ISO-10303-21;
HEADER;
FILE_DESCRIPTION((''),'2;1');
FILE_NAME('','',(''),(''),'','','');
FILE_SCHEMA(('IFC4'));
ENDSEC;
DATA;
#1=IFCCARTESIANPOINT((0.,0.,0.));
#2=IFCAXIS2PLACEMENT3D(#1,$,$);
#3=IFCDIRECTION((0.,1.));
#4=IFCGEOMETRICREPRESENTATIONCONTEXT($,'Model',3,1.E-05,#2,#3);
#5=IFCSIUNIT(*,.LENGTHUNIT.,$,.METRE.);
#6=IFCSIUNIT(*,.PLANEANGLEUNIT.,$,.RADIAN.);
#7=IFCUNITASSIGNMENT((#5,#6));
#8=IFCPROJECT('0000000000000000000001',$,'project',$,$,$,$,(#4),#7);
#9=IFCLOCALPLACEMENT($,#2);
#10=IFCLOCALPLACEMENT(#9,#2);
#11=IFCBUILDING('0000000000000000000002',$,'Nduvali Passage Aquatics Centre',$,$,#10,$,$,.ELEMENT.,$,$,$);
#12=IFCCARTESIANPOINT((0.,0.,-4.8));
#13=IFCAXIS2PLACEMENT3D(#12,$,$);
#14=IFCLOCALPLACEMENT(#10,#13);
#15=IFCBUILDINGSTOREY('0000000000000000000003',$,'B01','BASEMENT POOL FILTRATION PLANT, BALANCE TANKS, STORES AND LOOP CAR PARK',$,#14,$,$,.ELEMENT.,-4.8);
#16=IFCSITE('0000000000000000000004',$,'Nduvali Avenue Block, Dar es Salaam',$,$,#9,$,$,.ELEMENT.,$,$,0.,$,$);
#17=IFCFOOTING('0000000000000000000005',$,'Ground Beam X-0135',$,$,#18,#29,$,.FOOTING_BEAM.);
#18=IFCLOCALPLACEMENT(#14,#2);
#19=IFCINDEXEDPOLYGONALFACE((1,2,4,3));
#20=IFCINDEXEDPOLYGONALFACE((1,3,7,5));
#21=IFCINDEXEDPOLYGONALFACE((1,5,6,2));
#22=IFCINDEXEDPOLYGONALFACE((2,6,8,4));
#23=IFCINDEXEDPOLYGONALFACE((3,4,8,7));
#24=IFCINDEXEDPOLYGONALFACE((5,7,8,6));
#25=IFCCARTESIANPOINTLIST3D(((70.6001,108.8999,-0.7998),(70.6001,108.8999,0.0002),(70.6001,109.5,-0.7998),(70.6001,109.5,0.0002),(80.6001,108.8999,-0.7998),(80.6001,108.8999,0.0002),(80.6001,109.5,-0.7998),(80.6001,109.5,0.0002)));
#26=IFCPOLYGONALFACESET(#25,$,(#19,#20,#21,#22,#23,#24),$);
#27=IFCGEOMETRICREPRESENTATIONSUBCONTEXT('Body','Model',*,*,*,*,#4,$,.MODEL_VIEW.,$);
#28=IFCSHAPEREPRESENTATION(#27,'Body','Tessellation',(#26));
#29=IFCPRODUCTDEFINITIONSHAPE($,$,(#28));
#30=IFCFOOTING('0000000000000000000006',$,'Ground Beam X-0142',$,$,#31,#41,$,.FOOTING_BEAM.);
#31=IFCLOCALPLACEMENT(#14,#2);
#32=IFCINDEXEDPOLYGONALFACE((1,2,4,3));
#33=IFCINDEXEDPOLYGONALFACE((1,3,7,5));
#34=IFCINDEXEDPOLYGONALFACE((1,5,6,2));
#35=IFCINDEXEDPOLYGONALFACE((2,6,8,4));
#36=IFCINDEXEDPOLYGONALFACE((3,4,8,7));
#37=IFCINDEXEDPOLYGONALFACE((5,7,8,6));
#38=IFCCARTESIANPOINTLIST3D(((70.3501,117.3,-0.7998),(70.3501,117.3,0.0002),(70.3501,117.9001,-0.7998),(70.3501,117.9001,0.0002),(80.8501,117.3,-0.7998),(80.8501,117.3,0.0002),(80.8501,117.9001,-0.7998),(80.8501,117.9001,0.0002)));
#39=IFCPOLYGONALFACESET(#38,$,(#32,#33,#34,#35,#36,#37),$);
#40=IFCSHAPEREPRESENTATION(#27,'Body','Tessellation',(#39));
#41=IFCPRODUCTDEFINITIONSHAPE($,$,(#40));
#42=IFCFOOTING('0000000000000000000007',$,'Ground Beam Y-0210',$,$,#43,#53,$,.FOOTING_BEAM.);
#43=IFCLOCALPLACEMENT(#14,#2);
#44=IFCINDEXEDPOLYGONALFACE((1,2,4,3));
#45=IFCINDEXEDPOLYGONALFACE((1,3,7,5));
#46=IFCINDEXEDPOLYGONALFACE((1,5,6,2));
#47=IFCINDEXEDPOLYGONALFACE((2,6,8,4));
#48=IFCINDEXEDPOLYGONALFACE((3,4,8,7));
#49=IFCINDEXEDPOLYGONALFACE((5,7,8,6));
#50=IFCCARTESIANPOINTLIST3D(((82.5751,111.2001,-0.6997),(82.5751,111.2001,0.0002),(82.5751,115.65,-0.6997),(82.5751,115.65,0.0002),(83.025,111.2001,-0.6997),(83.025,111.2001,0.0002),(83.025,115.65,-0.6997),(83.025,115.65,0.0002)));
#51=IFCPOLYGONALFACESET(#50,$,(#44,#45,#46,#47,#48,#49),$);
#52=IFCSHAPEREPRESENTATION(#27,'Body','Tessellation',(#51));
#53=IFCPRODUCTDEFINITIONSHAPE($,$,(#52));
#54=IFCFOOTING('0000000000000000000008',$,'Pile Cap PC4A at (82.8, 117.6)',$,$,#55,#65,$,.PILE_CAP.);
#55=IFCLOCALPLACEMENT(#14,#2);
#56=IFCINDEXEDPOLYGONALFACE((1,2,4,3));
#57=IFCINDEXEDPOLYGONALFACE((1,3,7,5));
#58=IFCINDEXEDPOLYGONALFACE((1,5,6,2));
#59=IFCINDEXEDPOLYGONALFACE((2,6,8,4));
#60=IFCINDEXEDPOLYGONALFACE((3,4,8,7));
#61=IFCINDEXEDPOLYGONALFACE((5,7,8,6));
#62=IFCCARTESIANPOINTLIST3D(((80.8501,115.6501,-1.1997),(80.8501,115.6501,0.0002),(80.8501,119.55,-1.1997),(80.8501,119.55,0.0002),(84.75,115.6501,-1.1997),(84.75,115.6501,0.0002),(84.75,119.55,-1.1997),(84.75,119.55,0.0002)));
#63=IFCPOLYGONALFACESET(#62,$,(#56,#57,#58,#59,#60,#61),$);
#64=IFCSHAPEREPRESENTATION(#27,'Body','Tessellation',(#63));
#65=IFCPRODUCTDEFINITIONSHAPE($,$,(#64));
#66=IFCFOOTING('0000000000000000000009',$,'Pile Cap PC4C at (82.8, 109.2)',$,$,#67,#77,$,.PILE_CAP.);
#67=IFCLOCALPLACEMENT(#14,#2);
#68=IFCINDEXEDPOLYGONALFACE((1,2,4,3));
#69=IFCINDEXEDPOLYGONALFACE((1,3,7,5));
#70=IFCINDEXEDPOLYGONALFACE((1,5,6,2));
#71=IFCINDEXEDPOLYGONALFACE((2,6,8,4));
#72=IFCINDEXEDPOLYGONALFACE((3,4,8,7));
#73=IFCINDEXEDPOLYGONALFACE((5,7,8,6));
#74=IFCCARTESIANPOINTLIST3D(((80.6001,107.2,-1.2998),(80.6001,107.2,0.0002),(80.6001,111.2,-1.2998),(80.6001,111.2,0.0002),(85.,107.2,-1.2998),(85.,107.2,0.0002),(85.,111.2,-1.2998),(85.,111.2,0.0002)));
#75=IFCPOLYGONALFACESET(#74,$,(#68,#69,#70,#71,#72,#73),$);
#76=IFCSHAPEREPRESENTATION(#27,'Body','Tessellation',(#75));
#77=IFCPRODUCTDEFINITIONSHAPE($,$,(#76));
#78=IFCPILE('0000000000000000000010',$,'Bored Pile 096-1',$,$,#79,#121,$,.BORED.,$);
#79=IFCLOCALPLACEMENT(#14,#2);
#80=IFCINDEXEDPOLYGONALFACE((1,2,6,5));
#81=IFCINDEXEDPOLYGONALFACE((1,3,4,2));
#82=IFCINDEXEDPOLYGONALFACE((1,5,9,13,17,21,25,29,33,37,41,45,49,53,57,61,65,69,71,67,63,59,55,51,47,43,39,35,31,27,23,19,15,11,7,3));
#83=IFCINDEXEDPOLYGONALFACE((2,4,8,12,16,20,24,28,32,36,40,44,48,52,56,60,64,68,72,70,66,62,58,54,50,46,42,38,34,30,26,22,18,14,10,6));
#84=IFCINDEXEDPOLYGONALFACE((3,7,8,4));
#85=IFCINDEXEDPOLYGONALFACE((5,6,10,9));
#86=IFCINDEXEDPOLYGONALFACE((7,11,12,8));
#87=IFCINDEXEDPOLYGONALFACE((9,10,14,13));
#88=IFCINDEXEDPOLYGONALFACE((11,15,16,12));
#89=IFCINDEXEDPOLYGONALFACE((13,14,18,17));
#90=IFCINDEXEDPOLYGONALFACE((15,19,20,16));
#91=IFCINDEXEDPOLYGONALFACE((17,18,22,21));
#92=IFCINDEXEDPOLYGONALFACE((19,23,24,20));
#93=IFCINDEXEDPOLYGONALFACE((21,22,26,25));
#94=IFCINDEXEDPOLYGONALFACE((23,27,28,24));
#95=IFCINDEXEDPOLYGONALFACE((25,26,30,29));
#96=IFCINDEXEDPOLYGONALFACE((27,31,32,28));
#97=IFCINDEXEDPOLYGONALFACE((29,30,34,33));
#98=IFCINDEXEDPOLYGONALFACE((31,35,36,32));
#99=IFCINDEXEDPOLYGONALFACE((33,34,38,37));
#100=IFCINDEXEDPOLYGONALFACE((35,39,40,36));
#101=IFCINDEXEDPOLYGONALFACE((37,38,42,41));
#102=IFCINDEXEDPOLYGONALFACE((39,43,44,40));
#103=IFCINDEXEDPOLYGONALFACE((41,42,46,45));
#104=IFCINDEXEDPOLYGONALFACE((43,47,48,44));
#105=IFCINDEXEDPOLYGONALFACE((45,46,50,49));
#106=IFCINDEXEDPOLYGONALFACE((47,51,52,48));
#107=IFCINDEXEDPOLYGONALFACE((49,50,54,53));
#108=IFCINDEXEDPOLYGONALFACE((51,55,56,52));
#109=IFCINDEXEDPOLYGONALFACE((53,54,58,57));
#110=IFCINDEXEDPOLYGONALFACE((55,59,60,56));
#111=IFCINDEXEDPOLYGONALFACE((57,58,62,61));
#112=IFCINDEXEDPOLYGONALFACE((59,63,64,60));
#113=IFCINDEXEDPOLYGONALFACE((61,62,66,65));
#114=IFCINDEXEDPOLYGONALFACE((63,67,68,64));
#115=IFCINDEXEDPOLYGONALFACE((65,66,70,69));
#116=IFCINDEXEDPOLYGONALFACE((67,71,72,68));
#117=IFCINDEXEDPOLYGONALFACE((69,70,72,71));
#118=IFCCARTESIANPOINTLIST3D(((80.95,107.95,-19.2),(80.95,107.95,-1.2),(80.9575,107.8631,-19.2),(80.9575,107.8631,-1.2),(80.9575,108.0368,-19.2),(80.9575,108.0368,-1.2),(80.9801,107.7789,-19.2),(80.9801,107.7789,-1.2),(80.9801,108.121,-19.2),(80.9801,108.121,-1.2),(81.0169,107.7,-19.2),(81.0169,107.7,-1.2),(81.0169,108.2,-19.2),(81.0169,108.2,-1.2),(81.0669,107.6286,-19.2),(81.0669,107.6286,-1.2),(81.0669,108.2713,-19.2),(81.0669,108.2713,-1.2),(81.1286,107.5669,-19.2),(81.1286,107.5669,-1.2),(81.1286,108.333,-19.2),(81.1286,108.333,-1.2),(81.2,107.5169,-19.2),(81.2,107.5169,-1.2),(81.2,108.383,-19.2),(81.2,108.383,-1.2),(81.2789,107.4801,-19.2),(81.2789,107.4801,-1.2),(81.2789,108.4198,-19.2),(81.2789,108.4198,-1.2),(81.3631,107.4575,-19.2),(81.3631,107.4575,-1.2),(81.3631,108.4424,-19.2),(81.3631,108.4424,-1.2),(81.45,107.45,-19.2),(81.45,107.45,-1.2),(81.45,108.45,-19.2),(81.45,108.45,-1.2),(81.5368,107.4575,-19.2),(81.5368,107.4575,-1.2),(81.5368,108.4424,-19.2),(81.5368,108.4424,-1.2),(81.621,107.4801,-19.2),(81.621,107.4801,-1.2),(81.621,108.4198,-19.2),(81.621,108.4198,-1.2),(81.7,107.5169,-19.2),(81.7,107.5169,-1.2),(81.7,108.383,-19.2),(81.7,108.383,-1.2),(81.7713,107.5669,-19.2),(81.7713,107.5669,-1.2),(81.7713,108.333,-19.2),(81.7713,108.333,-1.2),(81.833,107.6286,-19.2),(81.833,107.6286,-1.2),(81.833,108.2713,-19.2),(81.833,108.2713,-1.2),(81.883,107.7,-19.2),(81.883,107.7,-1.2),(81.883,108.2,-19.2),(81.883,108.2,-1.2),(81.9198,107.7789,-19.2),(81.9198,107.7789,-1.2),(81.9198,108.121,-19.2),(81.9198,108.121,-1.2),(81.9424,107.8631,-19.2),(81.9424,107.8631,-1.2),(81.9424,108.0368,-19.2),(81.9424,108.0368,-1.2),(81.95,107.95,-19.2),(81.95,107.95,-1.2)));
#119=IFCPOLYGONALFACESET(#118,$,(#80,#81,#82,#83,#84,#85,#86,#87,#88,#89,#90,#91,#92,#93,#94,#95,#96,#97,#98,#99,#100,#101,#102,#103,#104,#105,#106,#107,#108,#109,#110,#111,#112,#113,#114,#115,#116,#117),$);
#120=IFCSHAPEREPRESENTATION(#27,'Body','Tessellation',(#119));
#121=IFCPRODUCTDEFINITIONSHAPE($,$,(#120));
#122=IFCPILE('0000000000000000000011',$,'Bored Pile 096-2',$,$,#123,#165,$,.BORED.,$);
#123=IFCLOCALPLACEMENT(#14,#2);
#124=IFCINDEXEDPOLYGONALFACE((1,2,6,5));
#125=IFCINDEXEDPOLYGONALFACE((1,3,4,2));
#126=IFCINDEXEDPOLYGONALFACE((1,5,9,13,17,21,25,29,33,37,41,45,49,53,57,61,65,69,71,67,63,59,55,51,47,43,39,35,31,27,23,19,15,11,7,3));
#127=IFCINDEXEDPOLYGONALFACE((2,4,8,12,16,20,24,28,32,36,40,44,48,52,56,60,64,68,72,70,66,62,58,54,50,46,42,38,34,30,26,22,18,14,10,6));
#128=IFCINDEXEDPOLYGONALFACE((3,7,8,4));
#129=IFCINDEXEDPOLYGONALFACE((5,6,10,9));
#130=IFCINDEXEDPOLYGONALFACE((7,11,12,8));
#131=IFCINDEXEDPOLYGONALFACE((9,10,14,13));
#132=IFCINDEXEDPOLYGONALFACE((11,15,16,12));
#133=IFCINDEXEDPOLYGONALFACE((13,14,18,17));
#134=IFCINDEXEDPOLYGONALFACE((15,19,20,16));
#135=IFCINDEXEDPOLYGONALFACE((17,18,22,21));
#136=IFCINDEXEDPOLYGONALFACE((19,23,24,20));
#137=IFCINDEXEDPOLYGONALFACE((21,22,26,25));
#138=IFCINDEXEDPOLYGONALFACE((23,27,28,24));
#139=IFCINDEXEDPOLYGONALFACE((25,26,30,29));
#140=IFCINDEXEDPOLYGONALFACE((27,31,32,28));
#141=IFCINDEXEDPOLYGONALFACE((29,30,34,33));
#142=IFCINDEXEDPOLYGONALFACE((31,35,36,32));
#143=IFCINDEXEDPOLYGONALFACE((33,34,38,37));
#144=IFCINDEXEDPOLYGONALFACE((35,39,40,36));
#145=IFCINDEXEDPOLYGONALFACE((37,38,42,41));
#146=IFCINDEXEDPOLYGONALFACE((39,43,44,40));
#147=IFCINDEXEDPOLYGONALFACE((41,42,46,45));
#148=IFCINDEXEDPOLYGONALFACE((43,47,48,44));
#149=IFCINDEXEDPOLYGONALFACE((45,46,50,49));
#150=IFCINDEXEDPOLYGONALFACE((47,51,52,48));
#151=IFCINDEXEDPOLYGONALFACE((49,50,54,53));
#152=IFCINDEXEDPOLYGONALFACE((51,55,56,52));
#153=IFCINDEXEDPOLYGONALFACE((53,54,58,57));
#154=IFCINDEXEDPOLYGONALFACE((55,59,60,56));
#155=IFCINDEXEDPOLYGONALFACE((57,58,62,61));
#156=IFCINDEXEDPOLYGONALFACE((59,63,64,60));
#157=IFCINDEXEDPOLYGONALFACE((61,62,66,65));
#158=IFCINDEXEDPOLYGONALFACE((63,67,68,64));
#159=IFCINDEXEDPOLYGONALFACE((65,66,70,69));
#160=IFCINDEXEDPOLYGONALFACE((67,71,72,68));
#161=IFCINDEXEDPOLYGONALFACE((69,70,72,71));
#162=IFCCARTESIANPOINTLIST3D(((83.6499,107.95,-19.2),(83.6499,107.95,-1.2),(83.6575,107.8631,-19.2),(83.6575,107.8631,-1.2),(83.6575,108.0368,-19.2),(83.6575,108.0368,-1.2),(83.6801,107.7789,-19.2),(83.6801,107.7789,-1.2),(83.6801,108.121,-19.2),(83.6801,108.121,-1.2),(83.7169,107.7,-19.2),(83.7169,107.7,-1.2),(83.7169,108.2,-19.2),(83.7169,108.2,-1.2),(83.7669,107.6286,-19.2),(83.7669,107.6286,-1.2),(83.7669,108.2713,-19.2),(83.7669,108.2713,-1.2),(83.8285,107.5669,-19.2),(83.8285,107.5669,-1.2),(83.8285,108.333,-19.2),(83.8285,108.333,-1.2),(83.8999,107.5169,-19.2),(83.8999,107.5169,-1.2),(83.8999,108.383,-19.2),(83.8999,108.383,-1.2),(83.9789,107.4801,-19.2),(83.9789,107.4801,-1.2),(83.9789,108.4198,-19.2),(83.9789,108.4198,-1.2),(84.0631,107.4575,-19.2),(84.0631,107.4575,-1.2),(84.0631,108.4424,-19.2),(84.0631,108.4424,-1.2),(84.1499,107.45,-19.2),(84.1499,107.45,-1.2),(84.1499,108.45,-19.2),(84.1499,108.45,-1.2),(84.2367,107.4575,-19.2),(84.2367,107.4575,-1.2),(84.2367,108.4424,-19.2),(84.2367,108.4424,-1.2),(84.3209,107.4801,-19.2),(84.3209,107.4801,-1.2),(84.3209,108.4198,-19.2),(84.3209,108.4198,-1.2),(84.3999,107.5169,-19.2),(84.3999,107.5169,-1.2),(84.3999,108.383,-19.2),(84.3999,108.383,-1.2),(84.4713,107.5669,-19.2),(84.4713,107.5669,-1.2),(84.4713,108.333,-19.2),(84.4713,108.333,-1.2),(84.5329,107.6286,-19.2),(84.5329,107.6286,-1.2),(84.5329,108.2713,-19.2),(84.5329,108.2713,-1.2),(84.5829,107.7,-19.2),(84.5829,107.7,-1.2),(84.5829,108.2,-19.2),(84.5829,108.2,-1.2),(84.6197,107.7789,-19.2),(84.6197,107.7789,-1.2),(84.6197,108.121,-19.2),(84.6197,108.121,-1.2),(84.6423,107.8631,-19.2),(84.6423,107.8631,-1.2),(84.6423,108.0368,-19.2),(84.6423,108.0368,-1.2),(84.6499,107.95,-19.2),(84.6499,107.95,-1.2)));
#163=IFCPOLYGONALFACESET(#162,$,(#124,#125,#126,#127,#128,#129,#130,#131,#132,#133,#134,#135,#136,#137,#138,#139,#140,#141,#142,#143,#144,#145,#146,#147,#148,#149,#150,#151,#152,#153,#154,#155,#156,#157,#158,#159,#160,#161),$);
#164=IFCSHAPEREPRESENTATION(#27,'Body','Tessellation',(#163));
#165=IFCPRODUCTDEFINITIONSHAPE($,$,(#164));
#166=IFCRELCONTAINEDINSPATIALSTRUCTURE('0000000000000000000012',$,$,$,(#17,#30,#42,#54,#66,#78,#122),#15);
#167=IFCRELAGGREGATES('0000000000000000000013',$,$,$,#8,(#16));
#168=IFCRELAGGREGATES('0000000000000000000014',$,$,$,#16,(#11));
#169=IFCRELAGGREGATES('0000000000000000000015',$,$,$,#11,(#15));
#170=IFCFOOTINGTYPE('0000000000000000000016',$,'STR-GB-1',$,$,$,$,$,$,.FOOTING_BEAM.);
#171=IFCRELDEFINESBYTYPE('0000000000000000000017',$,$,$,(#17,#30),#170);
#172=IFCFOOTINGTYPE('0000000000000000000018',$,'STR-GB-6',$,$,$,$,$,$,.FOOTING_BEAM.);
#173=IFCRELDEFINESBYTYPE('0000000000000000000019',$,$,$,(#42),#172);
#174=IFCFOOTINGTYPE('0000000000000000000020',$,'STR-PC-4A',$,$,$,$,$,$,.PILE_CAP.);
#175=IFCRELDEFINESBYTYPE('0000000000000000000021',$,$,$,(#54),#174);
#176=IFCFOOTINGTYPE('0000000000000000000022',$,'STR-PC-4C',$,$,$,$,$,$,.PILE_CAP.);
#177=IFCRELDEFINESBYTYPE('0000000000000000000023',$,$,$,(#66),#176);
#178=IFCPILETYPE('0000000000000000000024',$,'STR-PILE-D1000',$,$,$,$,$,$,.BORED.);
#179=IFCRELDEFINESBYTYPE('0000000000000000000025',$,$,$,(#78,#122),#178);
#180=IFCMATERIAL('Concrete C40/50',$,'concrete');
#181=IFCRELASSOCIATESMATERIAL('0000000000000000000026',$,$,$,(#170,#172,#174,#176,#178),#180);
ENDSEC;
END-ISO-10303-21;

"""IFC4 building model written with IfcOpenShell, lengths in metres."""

from ifc_helpers import new_model, si_unit, direction, frame, origin, origin_2d, place, context, subcontext, project, spatial, rectangle, circle, extrude, material, material_profile, profile_set, type_object, element, save


model = new_model("IFC4")

# Units and contexts
model_context = context("Model", 3, precision=1e-05, world=origin(), true_north=direction((0.0, 1.0)))
body_context = subcontext(model_context, "Body", "Model", "MODEL_VIEW")
ifc_project = project(units=[si_unit("LENGTHUNIT", "METRE"), si_unit("PLANEANGLEUNIT", "RADIAN")], contexts=[model_context])

# Site, building, storey
site_placement = place(None, origin())
site = spatial("IfcSite", under=ifc_project, at=site_placement, Name="Nduvali Avenue Block, Dar es Salaam", CompositionType="ELEMENT", RefElevation=0.0)
building_placement = place(site_placement, origin())
building = spatial("IfcBuilding", under=site, at=building_placement, Name="Nduvali Passage Aquatics Centre", CompositionType="ELEMENT")
storey_placement = place(building_placement, frame((0.0, 0.0, -4.8)))
storey = spatial("IfcBuildingStorey", under=building, at=storey_placement, Name="B01", Description="BASEMENT POOL FILTRATION PLANT, BALANCE TANKS, STORES AND LOOP CAR PARK", CompositionType="ELEMENT", Elevation=-4.8)

# Footings
ifc_material_1 = material(Name="Concrete C40/50", Category="concrete")
footing_type_1 = type_object("IfcFootingType", Name="STR-GB-1", PredefinedType="FOOTING_BEAM", material=ifc_material_1)
footing_1_placement = place(storey_placement, frame((75.6001, 109.2, -0.7998), z_axis=(0.0, 0.0, 1.0), x_axis=(1.0, 0.0, 0.0)))
element("IfcFooting", 1, at=footing_1_placement, inside=storey, type_object=footing_type_1, Name="Ground Beam X-0135", PredefinedType="FOOTING_BEAM", context=body_context, shape_type="SweptSolid", body=[
    extrude(rectangle(XDim=10.0, YDim=0.6001, at=origin_2d()), origin(), (0.0, 0.0, 1.0), 0.8),
])
footing_2_placement = place(storey_placement, frame((75.6001, 117.6001, -0.7998), z_axis=(0.0, 0.0, 1.0), x_axis=(1.0, 0.0, 0.0)))
element("IfcFooting", 2, at=footing_2_placement, inside=storey, type_object=footing_type_1, Name="Ground Beam X-0142", PredefinedType="FOOTING_BEAM", context=body_context, shape_type="SweptSolid", body=[
    extrude(rectangle(XDim=10.5, YDim=0.6001, at=origin_2d()), origin(), (0.0, 0.0, 1.0), 0.8),
])
footing_type_2 = type_object("IfcFootingType", Name="STR-GB-6", PredefinedType="FOOTING_BEAM", material=ifc_material_1)
footing_3_placement = place(storey_placement, frame((82.8, 113.425, -0.6997), z_axis=(0.0, 0.0, 1.0), x_axis=(0.0, 1.0, 0.0)))
element("IfcFooting", 3, at=footing_3_placement, inside=storey, type_object=footing_type_2, Name="Ground Beam Y-0210", PredefinedType="FOOTING_BEAM", context=body_context, shape_type="SweptSolid", body=[
    extrude(rectangle(XDim=4.45, YDim=0.45, at=origin_2d()), origin(), (0.0, 0.0, 1.0), 0.7),
])
footing_type_3 = type_object("IfcFootingType", Name="STR-PC-4A", PredefinedType="PILE_CAP", material=ifc_material_1)
footing_4_placement = place(storey_placement, frame((82.8, 117.6001, -1.1997), z_axis=(0.0, 0.0, 1.0), x_axis=(1.0, 0.0, 0.0)))
element("IfcFooting", 4, at=footing_4_placement, inside=storey, type_object=footing_type_3, Name="Pile Cap PC4A at (82.8, 117.6)", PredefinedType="PILE_CAP", context=body_context, shape_type="SweptSolid", body=[
    extrude(rectangle(XDim=3.8999, YDim=3.8999, at=origin_2d()), origin(), (0.0, 0.0, 1.0), 1.2),
])
footing_type_4 = type_object("IfcFootingType", Name="STR-PC-4C", PredefinedType="PILE_CAP", material=ifc_material_1)
footing_5_placement = place(storey_placement, frame((82.8, 109.2, -1.2998), z_axis=(0.0, 0.0, 1.0), x_axis=(1.0, 0.0, 0.0)))
element("IfcFooting", 5, at=footing_5_placement, inside=storey, type_object=footing_type_4, Name="Pile Cap PC4C at (82.8, 109.2)", PredefinedType="PILE_CAP", context=body_context, shape_type="SweptSolid", body=[
    extrude(rectangle(XDim=4.3999, YDim=4.0, at=origin_2d()), origin(), (0.0, 0.0, 1.0), 1.3),
])

# Piles
ifc_material_profile_1 = material_profile(ifc_material_1, circle(Radius=0.5, at=origin_2d()), Name="PILE D1000")
ifc_profile_set_1 = profile_set([ifc_material_profile_1], Name="Concrete C40/50")
pile_type_1 = type_object("IfcPileType", Name="STR-PILE-D1000", PredefinedType="BORED", material=ifc_profile_set_1)
for number, where, z_axis, x_axis, name in (
    (6, (81.45, 107.95, -1.2), (0.0, 0.0, -1.0), (1.0, 0.0, 0.0), "Bored Pile 096-1"),
    (7, (84.1499, 107.95, -1.2), (0.0, 0.0, -1.0), (1.0, 0.0, 0.0), "Bored Pile 096-2"),
):
    element("IfcPile", number, at=place(storey_placement, frame(where, z_axis=z_axis, x_axis=x_axis)), inside=storey, type_object=pile_type_1, Name=name, PredefinedType="BORED", context=body_context, shape_type="SweptSolid", body=[
        extrude(circle(Radius=0.5, at=origin_2d()), origin(), (0.0, 0.0, 1.0), 18.0),
    ])

save(model, "model.ifc")
